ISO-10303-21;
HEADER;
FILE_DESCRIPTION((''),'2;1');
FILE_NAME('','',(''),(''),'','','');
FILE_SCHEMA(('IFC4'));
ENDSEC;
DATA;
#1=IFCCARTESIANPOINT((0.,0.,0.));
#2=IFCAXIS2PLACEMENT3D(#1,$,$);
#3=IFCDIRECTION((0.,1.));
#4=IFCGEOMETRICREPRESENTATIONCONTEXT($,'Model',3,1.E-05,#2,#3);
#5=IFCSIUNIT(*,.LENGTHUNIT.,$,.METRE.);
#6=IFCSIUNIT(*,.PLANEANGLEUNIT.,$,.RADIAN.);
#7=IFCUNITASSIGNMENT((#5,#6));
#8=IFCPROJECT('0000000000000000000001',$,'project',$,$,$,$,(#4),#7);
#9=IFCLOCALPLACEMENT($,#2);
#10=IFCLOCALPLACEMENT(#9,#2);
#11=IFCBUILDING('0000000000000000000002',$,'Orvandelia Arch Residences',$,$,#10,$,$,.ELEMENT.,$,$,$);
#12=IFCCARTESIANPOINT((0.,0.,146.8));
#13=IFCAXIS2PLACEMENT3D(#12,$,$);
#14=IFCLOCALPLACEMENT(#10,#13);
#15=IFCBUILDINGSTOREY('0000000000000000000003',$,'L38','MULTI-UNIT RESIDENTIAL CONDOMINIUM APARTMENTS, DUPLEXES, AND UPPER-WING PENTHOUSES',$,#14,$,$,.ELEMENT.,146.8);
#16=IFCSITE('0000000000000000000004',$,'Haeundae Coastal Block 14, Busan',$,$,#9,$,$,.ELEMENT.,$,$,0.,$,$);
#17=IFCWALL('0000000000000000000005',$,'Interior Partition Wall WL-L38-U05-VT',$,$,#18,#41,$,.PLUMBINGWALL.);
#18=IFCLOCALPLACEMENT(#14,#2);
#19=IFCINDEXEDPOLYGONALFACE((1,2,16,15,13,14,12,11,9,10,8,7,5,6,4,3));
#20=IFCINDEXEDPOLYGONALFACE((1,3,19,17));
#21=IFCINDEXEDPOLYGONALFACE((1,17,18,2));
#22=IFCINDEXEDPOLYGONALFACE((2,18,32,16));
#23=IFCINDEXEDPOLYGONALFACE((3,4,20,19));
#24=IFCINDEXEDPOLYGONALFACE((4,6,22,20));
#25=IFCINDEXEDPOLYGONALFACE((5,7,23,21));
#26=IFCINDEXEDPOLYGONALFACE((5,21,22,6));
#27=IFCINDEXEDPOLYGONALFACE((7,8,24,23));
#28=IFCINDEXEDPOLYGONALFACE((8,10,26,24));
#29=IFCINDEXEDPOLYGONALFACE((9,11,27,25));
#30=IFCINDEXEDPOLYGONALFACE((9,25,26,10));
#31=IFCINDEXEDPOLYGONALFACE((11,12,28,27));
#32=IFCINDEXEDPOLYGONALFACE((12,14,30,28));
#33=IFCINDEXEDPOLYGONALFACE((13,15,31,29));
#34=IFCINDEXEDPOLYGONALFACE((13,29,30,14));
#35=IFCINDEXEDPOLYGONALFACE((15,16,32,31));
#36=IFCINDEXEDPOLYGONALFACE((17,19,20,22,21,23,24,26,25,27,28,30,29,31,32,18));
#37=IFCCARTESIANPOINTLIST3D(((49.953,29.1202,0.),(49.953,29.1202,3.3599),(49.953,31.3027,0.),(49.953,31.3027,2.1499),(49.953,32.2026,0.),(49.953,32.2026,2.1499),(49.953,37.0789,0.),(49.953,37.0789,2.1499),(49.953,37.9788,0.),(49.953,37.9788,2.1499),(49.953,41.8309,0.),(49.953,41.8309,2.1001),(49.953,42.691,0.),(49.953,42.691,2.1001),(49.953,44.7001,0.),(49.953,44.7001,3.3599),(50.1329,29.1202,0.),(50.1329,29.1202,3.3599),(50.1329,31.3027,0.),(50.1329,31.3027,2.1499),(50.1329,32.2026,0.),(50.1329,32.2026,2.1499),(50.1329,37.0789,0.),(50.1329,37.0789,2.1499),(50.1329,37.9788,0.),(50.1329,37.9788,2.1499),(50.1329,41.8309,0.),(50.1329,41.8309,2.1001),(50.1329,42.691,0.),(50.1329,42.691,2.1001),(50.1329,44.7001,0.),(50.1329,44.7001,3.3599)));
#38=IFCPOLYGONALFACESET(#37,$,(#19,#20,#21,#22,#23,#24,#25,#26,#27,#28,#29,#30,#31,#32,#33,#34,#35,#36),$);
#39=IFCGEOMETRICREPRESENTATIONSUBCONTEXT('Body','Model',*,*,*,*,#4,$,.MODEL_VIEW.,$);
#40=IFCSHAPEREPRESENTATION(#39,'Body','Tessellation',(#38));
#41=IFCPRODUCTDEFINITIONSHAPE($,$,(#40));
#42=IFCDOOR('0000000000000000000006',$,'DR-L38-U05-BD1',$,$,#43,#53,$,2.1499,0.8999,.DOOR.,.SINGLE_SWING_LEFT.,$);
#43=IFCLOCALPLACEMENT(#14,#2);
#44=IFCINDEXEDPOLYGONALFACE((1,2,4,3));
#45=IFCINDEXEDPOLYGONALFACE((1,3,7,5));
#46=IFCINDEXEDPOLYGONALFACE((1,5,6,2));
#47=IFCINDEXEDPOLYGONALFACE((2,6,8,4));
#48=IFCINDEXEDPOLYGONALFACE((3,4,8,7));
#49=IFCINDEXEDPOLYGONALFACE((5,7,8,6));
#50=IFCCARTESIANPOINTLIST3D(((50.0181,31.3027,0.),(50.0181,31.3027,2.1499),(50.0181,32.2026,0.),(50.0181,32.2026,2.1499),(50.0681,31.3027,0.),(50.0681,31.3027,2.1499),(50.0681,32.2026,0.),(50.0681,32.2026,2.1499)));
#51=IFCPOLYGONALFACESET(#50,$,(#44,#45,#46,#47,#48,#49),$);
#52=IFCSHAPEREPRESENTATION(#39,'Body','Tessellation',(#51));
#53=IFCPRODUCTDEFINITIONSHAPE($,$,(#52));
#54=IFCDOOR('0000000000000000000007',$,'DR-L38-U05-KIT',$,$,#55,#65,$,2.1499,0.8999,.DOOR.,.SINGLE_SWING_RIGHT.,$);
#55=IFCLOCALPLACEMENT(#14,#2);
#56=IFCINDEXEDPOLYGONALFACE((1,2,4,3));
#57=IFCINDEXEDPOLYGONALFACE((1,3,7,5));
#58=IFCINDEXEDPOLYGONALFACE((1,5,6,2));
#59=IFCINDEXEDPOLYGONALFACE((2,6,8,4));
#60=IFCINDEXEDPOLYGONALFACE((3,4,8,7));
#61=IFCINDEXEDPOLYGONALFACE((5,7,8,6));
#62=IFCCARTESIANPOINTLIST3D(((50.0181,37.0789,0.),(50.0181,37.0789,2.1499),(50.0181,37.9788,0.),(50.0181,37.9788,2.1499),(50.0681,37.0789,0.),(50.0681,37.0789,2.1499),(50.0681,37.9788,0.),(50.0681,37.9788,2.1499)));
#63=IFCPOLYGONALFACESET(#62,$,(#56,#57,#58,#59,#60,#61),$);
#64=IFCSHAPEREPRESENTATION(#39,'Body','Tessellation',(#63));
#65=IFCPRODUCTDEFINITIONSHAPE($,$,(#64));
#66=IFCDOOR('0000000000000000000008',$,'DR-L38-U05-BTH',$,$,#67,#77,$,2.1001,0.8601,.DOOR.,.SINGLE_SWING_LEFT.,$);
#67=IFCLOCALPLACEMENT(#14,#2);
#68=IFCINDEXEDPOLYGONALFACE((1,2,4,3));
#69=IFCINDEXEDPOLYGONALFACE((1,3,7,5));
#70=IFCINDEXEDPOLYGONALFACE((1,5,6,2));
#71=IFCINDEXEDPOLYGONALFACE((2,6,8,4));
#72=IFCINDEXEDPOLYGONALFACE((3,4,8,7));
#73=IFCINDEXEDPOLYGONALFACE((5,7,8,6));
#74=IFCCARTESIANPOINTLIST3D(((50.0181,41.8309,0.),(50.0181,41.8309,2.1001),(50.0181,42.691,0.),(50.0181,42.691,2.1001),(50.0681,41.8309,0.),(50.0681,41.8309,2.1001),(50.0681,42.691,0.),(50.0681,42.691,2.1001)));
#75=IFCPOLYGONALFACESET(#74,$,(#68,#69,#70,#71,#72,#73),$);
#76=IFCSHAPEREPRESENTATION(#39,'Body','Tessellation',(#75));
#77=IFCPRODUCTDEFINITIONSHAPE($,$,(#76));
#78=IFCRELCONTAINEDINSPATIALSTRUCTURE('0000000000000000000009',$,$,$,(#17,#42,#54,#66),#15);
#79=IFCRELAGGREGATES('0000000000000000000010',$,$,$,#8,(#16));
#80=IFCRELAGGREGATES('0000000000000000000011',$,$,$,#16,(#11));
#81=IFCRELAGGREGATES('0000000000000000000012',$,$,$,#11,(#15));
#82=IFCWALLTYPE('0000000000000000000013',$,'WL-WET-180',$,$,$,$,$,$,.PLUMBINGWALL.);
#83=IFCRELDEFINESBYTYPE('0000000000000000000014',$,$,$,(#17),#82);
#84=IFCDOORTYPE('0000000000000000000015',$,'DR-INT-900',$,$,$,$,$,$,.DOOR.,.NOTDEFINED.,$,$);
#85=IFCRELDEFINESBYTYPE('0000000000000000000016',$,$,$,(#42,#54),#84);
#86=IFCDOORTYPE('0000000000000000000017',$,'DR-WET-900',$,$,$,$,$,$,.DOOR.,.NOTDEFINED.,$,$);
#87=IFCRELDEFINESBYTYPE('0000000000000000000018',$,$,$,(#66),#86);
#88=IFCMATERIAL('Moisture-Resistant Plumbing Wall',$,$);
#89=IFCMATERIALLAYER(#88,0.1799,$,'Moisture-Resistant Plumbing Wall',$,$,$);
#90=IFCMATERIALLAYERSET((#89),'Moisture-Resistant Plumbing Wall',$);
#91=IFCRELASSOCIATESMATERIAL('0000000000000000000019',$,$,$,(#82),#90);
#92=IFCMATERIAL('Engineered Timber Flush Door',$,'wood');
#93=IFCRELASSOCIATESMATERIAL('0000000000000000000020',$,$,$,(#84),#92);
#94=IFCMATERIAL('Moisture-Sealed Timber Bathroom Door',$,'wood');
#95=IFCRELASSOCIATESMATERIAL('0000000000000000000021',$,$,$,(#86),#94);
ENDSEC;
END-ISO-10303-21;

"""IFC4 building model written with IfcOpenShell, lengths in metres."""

from ifc_helpers import new_model, si_unit, direction, frame, frame_2d, origin, place, context, subcontext, project, spatial, rectangle, extrude, material, layer, layer_set, type_object, element, fill, save


model = new_model("IFC4")

# Units and contexts
model_context = context("Model", 3, precision=1e-05, world=origin(), true_north=direction((0.0, 1.0)))
body_context = subcontext(model_context, "Body", "Model", "MODEL_VIEW")
ifc_project = project(units=[si_unit("LENGTHUNIT", "METRE"), si_unit("PLANEANGLEUNIT", "RADIAN")], contexts=[model_context])

# Site, building, storey
site_placement = place(None, origin())
site = spatial("IfcSite", under=ifc_project, at=site_placement, Name="Haeundae Coastal Block 14, Busan", CompositionType="ELEMENT", RefElevation=0.0)
building_placement = place(site_placement, origin())
building = spatial("IfcBuilding", under=site, at=building_placement, Name="Orvandelia Arch Residences", CompositionType="ELEMENT")
storey_placement = place(building_placement, frame((0.0, 0.0, 146.8)))
storey = spatial("IfcBuildingStorey", under=building, at=storey_placement, Name="L38", Description="MULTI-UNIT RESIDENTIAL CONDOMINIUM APARTMENTS, DUPLEXES, AND UPPER-WING PENTHOUSES", CompositionType="ELEMENT", Elevation=146.8)

# Wall, openings, doors
ifc_material_1 = material(Name="Moisture-Resistant Plumbing Wall")
ifc_layer_1 = layer(ifc_material_1, 0.1799, Name="Moisture-Resistant Plumbing Wall")
ifc_layer_set_1 = layer_set([ifc_layer_1], Name="Moisture-Resistant Plumbing Wall")
wall_type_1 = type_object("IfcWallType", Name="WL-WET-180", PredefinedType="PLUMBINGWALL", material=ifc_layer_set_1)
ifc_material_2 = material(Name="Engineered Timber Flush Door", Category="wood")
door_type_1 = type_object("IfcDoorType", Name="DR-INT-900", OperationType="NOTDEFINED", PredefinedType="DOOR", material=ifc_material_2)
ifc_material_3 = material(Name="Moisture-Sealed Timber Bathroom Door", Category="wood")
door_type_2 = type_object("IfcDoorType", Name="DR-WET-900", OperationType="NOTDEFINED", PredefinedType="DOOR", material=ifc_material_3)
wall_1_placement = place(storey_placement, frame((50.043, 29.1201, 0.0), z_axis=(0.0, 0.0, 1.0), x_axis=(0.0, 1.0, 0.0)))
wall_1 = element("IfcWall", 1, at=wall_1_placement, inside=storey, type_object=wall_type_1, Name="Interior Partition Wall WL-L38-U05-VT", PredefinedType="PLUMBINGWALL", context=body_context, shape_type="SweptSolid", body=[
    extrude(rectangle(XDim=15.5798, YDim=0.1799, at=frame_2d((7.79, 0.0))), origin(), (0.0, 0.0, 1.0), 3.3599),
])
opening_1_placement = place(wall_1_placement, frame((2.1826, 0.0, 0.0)))
opening_1 = element("IfcOpeningElement", 2, at=opening_1_placement, cuts=wall_1, PredefinedType="OPENING", context=body_context, shape_type="SweptSolid", body=[
    extrude(rectangle(XDim=0.8999, YDim=2.1499, at=frame_2d((0.45, 1.075))), frame((0.0, 0.1001, 0.0), z_axis=(0.0, -1.0, 0.0), x_axis=(1.0, 0.0, 0.0)), (0.0, 0.0, 1.0), 0.2),
])
opening_2_placement = place(wall_1_placement, frame((7.9587, 0.0, 0.0)))
opening_2 = element("IfcOpeningElement", 3, at=opening_2_placement, cuts=wall_1, PredefinedType="OPENING", context=body_context, shape_type="SweptSolid", body=[
    extrude(rectangle(XDim=0.8999, YDim=2.1499, at=frame_2d((0.45, 1.075))), frame((0.0, 0.1001, 0.0), z_axis=(0.0, -1.0, 0.0), x_axis=(1.0, 0.0, 0.0)), (0.0, 0.0, 1.0), 0.2),
])
opening_3_placement = place(wall_1_placement, frame((12.7107, 0.0, 0.0)))
opening_3 = element("IfcOpeningElement", 4, at=opening_3_placement, cuts=wall_1, PredefinedType="OPENING", context=body_context, shape_type="SweptSolid", body=[
    extrude(rectangle(XDim=0.8601, YDim=2.1001, at=frame_2d((0.4302, 1.05))), frame((0.0, 0.1001, 0.0), z_axis=(0.0, -1.0, 0.0), x_axis=(1.0, 0.0, 0.0)), (0.0, 0.0, 1.0), 0.2),
])
door_1_placement = place(opening_1_placement, origin())
door_1 = element("IfcDoor", 5, at=door_1_placement, inside=storey, type_object=door_type_1, Name="DR-L38-U05-BD1", OperationType="SINGLE_SWING_LEFT", OverallHeight=2.1499, OverallWidth=0.8999, PredefinedType="DOOR", context=body_context, shape_type="SweptSolid", body=[
    extrude(rectangle(XDim=0.8999, YDim=2.1499, at=frame_2d((0.45, 1.075))), frame((0.0, 0.0249, 0.0), z_axis=(0.0, -1.0, 0.0), x_axis=(1.0, 0.0, 0.0)), (0.0, 0.0, 1.0), 0.05),
])
fill(opening_1, door_1)
door_2_placement = place(opening_2_placement, origin())
door_2 = element("IfcDoor", 6, at=door_2_placement, inside=storey, type_object=door_type_1, Name="DR-L38-U05-KIT", OperationType="SINGLE_SWING_RIGHT", OverallHeight=2.1499, OverallWidth=0.8999, PredefinedType="DOOR", context=body_context, shape_type="SweptSolid", body=[
    extrude(rectangle(XDim=0.8999, YDim=2.1499, at=frame_2d((0.45, 1.075))), frame((0.0, 0.0249, 0.0), z_axis=(0.0, -1.0, 0.0), x_axis=(1.0, 0.0, 0.0)), (0.0, 0.0, 1.0), 0.05),
])
fill(opening_2, door_2)
door_3_placement = place(opening_3_placement, origin())
door_3 = element("IfcDoor", 7, at=door_3_placement, inside=storey, type_object=door_type_2, Name="DR-L38-U05-BTH", OperationType="SINGLE_SWING_LEFT", OverallHeight=2.1001, OverallWidth=0.8601, PredefinedType="DOOR", context=body_context, shape_type="SweptSolid", body=[
    extrude(rectangle(XDim=0.8601, YDim=2.1001, at=frame_2d((0.4302, 1.05))), frame((0.0, 0.0249, 0.0), z_axis=(0.0, -1.0, 0.0), x_axis=(1.0, 0.0, 0.0)), (0.0, 0.0, 1.0), 0.05),
])
fill(opening_3, door_3)

save(model, "model.ifc")
